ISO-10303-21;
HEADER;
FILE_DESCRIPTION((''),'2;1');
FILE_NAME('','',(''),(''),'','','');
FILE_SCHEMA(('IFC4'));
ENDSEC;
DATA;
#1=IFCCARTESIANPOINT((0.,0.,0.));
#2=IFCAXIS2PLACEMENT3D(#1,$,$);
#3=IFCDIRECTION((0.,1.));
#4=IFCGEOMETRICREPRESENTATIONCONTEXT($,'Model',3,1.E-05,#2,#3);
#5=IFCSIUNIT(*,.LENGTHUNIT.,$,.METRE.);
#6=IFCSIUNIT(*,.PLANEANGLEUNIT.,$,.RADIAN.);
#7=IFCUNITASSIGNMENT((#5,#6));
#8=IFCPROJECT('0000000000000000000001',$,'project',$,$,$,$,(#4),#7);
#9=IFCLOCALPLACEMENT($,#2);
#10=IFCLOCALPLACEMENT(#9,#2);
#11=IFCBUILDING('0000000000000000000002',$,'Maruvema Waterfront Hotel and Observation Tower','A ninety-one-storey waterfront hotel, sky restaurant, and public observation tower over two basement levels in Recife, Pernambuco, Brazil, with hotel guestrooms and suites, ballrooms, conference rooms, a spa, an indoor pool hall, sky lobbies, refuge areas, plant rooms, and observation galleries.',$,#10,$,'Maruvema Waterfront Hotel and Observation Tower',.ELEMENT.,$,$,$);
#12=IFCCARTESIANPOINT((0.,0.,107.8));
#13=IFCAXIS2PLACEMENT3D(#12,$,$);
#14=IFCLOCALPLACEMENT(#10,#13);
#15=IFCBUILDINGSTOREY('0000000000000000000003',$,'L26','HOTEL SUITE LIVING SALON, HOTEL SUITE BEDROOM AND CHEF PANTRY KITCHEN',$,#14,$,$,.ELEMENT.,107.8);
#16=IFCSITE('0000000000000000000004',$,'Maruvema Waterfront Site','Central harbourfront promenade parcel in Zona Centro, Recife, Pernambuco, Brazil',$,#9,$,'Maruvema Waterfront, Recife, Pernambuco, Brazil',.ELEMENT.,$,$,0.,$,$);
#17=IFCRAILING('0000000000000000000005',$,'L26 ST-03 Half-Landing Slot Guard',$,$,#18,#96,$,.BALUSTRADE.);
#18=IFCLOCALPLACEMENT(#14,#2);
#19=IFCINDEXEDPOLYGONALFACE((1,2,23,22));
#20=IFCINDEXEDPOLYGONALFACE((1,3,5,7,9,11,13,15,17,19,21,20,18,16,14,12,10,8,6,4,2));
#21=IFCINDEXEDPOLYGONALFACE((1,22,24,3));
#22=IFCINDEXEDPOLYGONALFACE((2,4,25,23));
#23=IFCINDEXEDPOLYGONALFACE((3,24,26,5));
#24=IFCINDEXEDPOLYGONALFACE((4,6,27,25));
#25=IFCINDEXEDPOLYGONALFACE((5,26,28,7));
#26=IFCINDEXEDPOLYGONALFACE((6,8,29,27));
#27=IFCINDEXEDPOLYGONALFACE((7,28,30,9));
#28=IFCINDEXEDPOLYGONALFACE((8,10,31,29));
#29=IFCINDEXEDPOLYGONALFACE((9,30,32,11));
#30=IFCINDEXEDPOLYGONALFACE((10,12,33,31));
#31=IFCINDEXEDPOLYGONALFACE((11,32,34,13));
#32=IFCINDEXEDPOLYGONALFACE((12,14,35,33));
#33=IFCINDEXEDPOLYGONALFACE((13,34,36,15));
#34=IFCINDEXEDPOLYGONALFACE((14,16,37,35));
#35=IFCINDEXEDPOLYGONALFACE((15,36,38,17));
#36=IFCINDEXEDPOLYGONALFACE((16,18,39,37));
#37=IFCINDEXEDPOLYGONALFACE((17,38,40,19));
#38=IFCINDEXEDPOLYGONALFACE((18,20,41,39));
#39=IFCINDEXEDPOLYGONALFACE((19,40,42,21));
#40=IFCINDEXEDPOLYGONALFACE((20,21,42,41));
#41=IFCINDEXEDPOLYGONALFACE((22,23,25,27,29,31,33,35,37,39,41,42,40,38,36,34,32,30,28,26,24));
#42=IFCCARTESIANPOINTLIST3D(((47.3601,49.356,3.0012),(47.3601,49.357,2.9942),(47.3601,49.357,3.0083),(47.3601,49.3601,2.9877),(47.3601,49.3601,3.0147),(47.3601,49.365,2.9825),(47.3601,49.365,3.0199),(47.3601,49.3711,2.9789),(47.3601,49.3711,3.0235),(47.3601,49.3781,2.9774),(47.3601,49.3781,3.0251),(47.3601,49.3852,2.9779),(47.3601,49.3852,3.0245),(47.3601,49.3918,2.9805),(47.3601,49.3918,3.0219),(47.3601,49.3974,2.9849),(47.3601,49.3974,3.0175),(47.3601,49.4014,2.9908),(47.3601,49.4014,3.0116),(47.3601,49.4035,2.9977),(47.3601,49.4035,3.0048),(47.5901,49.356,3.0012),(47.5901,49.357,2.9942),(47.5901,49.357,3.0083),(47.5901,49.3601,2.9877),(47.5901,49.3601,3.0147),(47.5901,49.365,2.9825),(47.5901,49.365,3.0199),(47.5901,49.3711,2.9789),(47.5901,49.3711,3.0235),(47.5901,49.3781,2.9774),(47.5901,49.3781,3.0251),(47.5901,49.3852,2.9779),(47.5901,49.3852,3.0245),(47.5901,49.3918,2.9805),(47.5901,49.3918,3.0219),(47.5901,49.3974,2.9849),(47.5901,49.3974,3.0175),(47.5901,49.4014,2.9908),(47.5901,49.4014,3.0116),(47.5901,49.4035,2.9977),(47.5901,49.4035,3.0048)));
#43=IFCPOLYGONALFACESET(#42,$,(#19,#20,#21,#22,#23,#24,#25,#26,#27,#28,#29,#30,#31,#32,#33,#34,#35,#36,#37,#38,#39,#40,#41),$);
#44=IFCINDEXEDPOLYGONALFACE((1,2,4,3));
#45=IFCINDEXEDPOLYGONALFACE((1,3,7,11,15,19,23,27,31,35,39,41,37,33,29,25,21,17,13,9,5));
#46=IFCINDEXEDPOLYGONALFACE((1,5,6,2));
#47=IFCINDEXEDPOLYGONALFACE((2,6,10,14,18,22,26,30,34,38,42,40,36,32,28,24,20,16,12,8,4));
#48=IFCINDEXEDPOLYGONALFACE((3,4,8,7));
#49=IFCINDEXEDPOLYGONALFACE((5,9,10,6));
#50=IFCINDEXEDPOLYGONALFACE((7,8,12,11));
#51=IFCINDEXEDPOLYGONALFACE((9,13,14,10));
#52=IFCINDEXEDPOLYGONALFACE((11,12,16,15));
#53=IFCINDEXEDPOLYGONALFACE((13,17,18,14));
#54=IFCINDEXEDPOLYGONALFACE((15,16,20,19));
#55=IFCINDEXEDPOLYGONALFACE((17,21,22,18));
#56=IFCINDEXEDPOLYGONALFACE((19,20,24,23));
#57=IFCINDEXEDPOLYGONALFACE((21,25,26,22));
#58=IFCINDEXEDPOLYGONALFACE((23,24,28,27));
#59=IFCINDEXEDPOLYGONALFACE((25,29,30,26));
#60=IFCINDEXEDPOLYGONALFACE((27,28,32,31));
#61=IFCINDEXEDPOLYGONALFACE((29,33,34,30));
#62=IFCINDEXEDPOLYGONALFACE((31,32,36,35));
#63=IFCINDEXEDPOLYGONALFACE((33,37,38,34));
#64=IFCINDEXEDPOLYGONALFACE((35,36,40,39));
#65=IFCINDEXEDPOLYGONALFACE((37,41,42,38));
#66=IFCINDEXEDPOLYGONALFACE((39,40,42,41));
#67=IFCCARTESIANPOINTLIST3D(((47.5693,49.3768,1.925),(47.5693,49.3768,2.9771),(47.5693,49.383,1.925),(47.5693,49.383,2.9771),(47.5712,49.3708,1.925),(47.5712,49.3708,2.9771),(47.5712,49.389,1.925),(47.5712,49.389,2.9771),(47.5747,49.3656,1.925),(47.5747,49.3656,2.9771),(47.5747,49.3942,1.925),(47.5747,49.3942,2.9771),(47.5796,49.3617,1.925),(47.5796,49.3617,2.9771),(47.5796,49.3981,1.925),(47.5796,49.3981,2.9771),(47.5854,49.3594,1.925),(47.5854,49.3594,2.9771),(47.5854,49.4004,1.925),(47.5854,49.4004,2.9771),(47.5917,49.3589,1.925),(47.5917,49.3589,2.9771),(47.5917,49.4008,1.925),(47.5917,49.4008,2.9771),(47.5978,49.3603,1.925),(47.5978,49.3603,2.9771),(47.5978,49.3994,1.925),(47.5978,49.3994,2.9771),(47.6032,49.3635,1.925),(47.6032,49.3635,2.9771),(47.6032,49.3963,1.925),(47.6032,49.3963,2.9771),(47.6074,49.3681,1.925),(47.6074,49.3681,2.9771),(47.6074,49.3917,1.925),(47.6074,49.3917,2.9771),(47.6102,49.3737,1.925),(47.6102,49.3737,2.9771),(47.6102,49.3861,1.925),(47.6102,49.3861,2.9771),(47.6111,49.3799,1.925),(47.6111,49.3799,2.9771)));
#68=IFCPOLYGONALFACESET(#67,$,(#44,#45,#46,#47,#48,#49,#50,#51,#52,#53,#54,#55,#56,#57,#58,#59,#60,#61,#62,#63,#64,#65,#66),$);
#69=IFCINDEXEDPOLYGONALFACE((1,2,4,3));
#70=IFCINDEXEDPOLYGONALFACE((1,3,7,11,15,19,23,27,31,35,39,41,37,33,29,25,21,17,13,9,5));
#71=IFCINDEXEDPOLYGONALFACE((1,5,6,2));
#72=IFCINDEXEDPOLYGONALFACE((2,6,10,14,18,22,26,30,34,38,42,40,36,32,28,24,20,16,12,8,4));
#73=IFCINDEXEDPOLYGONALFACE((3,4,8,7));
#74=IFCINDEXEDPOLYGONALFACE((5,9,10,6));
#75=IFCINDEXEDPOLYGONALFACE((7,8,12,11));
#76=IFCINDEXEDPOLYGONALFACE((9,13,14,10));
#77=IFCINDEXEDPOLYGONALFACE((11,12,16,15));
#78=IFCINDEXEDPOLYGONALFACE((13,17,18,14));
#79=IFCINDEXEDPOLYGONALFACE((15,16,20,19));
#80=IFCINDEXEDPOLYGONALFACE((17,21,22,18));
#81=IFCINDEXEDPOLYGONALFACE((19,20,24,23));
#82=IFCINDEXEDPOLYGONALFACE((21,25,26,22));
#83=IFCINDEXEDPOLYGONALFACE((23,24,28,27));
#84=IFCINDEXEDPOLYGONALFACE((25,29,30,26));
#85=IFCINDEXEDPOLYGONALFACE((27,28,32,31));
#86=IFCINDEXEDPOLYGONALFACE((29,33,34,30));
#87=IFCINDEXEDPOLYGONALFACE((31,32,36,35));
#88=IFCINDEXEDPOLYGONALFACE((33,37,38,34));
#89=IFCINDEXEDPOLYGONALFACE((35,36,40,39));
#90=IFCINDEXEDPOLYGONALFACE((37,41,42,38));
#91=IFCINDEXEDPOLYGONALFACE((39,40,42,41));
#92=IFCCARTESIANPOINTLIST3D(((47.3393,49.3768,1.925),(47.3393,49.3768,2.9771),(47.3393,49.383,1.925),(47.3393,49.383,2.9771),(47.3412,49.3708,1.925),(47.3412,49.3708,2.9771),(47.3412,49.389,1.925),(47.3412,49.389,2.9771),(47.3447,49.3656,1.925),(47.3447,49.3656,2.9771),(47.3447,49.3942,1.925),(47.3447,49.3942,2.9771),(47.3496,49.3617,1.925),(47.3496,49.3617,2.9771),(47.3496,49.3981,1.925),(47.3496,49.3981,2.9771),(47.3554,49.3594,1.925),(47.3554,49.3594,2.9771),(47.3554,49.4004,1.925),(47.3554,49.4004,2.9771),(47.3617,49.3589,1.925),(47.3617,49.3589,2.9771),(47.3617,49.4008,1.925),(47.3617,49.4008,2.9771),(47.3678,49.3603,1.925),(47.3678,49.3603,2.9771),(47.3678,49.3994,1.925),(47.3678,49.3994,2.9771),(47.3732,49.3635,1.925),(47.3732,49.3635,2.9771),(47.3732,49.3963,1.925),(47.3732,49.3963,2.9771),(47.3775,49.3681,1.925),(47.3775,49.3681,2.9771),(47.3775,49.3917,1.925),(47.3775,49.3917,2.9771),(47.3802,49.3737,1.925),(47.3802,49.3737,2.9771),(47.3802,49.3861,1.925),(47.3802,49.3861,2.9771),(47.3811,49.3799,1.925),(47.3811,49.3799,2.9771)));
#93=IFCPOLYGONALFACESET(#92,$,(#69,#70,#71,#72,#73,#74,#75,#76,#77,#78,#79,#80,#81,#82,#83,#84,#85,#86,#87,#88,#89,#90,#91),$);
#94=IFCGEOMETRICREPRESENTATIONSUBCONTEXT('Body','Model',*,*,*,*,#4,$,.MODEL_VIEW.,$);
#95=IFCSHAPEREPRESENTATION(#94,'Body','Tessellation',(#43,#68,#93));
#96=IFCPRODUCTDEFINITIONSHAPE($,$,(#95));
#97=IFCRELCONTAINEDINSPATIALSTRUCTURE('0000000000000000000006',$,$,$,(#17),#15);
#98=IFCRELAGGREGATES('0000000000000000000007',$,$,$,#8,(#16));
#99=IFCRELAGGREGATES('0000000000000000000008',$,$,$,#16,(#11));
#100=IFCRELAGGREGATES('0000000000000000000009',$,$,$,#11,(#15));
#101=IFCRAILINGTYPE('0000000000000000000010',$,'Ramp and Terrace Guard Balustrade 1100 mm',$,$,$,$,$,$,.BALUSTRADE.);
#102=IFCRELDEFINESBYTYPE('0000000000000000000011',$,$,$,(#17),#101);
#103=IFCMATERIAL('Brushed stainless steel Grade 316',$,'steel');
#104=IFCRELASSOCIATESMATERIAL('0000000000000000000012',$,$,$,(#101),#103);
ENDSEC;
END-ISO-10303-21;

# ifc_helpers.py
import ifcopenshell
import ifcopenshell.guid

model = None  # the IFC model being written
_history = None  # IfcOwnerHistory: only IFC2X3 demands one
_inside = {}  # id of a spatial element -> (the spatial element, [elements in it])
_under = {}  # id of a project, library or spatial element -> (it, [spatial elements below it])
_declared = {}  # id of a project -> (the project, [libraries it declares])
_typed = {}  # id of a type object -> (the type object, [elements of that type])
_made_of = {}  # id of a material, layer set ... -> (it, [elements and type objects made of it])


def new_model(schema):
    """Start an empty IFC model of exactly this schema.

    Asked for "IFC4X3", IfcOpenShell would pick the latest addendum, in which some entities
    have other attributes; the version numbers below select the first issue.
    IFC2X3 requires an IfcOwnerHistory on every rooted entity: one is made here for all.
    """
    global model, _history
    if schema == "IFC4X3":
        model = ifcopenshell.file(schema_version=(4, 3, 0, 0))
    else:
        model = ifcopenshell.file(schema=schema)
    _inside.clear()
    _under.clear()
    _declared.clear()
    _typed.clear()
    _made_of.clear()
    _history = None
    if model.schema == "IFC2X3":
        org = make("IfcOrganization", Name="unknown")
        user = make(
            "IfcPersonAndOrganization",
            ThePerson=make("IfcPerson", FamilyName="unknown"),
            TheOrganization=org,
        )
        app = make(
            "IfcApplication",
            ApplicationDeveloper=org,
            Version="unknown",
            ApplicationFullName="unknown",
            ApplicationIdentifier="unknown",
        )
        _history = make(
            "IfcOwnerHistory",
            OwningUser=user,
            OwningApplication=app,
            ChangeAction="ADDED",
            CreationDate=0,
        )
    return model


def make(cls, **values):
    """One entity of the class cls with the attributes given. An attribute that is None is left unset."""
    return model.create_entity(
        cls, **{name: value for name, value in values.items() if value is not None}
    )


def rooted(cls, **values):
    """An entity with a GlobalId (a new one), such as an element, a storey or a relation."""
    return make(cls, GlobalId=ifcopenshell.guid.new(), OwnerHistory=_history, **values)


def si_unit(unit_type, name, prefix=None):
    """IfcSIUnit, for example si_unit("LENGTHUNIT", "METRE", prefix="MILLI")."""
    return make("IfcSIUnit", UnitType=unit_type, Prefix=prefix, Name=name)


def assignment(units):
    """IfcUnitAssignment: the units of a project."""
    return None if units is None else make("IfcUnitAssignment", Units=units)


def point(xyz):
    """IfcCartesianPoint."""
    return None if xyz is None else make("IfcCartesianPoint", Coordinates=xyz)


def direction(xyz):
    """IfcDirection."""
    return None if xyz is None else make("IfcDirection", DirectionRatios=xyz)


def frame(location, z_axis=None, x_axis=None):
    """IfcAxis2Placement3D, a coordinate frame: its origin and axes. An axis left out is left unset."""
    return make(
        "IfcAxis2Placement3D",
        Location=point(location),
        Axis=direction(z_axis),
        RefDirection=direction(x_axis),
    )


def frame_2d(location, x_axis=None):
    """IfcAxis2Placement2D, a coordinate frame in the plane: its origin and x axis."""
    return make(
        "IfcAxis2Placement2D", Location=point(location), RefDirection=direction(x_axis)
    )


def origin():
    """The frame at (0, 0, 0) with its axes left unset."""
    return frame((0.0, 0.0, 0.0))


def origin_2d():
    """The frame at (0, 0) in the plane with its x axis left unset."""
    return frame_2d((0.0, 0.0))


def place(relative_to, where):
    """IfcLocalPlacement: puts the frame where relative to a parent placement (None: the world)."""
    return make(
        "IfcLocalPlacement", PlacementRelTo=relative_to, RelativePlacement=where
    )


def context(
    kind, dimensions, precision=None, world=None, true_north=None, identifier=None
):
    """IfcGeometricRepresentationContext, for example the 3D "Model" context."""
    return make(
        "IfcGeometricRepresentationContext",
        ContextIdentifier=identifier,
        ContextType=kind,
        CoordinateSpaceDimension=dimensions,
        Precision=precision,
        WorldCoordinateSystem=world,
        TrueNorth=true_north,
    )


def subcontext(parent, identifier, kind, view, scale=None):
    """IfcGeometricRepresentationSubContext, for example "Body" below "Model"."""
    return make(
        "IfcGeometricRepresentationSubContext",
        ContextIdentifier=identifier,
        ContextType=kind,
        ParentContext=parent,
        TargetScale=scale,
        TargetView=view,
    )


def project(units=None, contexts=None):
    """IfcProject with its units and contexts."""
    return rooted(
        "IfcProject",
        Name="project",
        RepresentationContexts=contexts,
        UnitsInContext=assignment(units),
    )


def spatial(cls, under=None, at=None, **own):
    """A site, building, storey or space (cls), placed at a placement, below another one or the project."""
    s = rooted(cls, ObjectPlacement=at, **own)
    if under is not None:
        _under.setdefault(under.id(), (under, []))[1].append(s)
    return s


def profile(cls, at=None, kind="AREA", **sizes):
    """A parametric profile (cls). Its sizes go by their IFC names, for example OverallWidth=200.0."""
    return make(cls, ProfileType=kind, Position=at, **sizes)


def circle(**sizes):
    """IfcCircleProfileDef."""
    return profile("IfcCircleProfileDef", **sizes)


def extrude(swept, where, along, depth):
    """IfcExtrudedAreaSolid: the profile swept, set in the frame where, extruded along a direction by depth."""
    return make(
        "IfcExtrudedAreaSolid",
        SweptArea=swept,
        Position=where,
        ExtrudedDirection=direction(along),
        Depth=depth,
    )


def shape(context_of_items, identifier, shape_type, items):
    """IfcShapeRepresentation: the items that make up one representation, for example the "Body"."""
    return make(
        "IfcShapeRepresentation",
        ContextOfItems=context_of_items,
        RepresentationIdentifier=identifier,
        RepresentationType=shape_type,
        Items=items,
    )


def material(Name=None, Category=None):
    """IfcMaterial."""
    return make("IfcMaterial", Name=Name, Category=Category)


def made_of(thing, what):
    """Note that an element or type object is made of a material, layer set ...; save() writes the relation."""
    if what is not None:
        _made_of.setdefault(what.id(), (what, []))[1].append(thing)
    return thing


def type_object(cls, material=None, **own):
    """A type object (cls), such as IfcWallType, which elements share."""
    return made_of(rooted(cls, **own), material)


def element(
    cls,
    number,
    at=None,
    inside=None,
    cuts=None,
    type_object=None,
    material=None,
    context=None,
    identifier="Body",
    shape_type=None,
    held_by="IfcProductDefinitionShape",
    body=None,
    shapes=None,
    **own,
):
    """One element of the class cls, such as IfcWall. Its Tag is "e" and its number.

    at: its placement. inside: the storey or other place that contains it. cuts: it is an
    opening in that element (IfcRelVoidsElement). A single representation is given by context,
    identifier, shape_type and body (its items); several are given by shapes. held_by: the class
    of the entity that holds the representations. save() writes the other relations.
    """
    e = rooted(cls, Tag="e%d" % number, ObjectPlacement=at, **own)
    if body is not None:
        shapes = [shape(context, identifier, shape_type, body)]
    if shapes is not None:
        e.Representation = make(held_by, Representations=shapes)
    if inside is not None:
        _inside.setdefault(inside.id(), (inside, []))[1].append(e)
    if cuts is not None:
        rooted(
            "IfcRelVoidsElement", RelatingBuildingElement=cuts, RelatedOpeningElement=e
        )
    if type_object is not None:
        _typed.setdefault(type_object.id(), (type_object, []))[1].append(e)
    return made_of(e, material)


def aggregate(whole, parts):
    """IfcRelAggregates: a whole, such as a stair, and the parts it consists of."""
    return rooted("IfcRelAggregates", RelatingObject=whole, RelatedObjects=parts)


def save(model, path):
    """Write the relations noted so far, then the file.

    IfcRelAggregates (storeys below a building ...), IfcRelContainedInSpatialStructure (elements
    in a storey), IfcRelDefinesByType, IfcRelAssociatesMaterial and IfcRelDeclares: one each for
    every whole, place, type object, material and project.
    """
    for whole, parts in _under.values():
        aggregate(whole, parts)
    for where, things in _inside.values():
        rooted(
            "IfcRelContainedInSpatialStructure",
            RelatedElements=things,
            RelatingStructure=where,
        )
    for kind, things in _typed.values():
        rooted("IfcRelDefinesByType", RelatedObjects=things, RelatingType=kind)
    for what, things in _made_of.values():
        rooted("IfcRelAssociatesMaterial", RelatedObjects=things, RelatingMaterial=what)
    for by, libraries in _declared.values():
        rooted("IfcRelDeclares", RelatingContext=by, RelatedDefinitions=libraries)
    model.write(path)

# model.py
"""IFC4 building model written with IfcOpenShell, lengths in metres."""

from ifc_helpers import new_model, si_unit, direction, frame, origin, origin_2d, place, context, subcontext, project, spatial, circle, extrude, material, type_object, element, save


model = new_model("IFC4")

# Units and contexts
model_context = context("Model", 3, precision=1e-05, world=origin(), true_north=direction((0.0, 1.0)))
body_context = subcontext(model_context, "Body", "Model", "MODEL_VIEW")
ifc_project = project(units=[si_unit("LENGTHUNIT", "METRE"), si_unit("PLANEANGLEUNIT", "RADIAN")], contexts=[model_context])

# Site, building, storey
site_placement = place(None, origin())
site = spatial("IfcSite", under=ifc_project, at=site_placement, Name="Maruvema Waterfront Site", Description="Central harbourfront promenade parcel in Zona Centro, Recife, Pernambuco, Brazil", LongName="Maruvema Waterfront, Recife, Pernambuco, Brazil", CompositionType="ELEMENT", RefElevation=0.0)
building_placement = place(site_placement, origin())
building = spatial("IfcBuilding", under=site, at=building_placement, Name="Maruvema Waterfront Hotel and Observation Tower", Description="A ninety-one-storey waterfront hotel, sky restaurant, and public observation tower over two basement levels in Recife, Pernambuco, Brazil, with hotel guestrooms and suites, ballrooms, conference rooms, a spa, an indoor pool hall, sky lobbies, refuge areas, plant rooms, and observation galleries.", LongName="Maruvema Waterfront Hotel and Observation Tower", CompositionType="ELEMENT")
storey_placement = place(building_placement, frame((0.0, 0.0, 107.8)))
storey = spatial("IfcBuildingStorey", under=building, at=storey_placement, Name="L26", Description="HOTEL SUITE LIVING SALON, HOTEL SUITE BEDROOM AND CHEF PANTRY KITCHEN", CompositionType="ELEMENT", Elevation=107.8)

# Railing
ifc_material_1 = material(Name="Brushed stainless steel Grade 316", Category="steel")
railing_type_1 = type_object("IfcRailingType", Name="Ramp and Terrace Guard Balustrade 1100 mm", PredefinedType="BALUSTRADE", material=ifc_material_1)
railing_1_placement = place(storey_placement, frame((47.5901, 49.3799, 1.925)))
element("IfcRailing", 1, at=railing_1_placement, inside=storey, type_object=railing_type_1, Name="L26 ST-03 Half-Landing Slot Guard", PredefinedType="BALUSTRADE", context=body_context, shape_type="SweptSolid", body=[
    extrude(circle(Radius=0.0239, at=origin_2d()), frame((0.0, 0.0, 1.0762), z_axis=(-1.0, 0.0, 0.0), x_axis=(0.0, -1.0, 0.0)), (0.0, 0.0, 1.0), 0.23),
    extrude(circle(Radius=0.021, at=origin_2d()), origin(), (0.0, 0.0, 1.0), 1.052),
    extrude(circle(Radius=0.021, at=origin_2d()), frame((-0.23, 0.0, 0.0)), (0.0, 0.0, 1.0), 1.052),
])

save(model, "model.ifc")
